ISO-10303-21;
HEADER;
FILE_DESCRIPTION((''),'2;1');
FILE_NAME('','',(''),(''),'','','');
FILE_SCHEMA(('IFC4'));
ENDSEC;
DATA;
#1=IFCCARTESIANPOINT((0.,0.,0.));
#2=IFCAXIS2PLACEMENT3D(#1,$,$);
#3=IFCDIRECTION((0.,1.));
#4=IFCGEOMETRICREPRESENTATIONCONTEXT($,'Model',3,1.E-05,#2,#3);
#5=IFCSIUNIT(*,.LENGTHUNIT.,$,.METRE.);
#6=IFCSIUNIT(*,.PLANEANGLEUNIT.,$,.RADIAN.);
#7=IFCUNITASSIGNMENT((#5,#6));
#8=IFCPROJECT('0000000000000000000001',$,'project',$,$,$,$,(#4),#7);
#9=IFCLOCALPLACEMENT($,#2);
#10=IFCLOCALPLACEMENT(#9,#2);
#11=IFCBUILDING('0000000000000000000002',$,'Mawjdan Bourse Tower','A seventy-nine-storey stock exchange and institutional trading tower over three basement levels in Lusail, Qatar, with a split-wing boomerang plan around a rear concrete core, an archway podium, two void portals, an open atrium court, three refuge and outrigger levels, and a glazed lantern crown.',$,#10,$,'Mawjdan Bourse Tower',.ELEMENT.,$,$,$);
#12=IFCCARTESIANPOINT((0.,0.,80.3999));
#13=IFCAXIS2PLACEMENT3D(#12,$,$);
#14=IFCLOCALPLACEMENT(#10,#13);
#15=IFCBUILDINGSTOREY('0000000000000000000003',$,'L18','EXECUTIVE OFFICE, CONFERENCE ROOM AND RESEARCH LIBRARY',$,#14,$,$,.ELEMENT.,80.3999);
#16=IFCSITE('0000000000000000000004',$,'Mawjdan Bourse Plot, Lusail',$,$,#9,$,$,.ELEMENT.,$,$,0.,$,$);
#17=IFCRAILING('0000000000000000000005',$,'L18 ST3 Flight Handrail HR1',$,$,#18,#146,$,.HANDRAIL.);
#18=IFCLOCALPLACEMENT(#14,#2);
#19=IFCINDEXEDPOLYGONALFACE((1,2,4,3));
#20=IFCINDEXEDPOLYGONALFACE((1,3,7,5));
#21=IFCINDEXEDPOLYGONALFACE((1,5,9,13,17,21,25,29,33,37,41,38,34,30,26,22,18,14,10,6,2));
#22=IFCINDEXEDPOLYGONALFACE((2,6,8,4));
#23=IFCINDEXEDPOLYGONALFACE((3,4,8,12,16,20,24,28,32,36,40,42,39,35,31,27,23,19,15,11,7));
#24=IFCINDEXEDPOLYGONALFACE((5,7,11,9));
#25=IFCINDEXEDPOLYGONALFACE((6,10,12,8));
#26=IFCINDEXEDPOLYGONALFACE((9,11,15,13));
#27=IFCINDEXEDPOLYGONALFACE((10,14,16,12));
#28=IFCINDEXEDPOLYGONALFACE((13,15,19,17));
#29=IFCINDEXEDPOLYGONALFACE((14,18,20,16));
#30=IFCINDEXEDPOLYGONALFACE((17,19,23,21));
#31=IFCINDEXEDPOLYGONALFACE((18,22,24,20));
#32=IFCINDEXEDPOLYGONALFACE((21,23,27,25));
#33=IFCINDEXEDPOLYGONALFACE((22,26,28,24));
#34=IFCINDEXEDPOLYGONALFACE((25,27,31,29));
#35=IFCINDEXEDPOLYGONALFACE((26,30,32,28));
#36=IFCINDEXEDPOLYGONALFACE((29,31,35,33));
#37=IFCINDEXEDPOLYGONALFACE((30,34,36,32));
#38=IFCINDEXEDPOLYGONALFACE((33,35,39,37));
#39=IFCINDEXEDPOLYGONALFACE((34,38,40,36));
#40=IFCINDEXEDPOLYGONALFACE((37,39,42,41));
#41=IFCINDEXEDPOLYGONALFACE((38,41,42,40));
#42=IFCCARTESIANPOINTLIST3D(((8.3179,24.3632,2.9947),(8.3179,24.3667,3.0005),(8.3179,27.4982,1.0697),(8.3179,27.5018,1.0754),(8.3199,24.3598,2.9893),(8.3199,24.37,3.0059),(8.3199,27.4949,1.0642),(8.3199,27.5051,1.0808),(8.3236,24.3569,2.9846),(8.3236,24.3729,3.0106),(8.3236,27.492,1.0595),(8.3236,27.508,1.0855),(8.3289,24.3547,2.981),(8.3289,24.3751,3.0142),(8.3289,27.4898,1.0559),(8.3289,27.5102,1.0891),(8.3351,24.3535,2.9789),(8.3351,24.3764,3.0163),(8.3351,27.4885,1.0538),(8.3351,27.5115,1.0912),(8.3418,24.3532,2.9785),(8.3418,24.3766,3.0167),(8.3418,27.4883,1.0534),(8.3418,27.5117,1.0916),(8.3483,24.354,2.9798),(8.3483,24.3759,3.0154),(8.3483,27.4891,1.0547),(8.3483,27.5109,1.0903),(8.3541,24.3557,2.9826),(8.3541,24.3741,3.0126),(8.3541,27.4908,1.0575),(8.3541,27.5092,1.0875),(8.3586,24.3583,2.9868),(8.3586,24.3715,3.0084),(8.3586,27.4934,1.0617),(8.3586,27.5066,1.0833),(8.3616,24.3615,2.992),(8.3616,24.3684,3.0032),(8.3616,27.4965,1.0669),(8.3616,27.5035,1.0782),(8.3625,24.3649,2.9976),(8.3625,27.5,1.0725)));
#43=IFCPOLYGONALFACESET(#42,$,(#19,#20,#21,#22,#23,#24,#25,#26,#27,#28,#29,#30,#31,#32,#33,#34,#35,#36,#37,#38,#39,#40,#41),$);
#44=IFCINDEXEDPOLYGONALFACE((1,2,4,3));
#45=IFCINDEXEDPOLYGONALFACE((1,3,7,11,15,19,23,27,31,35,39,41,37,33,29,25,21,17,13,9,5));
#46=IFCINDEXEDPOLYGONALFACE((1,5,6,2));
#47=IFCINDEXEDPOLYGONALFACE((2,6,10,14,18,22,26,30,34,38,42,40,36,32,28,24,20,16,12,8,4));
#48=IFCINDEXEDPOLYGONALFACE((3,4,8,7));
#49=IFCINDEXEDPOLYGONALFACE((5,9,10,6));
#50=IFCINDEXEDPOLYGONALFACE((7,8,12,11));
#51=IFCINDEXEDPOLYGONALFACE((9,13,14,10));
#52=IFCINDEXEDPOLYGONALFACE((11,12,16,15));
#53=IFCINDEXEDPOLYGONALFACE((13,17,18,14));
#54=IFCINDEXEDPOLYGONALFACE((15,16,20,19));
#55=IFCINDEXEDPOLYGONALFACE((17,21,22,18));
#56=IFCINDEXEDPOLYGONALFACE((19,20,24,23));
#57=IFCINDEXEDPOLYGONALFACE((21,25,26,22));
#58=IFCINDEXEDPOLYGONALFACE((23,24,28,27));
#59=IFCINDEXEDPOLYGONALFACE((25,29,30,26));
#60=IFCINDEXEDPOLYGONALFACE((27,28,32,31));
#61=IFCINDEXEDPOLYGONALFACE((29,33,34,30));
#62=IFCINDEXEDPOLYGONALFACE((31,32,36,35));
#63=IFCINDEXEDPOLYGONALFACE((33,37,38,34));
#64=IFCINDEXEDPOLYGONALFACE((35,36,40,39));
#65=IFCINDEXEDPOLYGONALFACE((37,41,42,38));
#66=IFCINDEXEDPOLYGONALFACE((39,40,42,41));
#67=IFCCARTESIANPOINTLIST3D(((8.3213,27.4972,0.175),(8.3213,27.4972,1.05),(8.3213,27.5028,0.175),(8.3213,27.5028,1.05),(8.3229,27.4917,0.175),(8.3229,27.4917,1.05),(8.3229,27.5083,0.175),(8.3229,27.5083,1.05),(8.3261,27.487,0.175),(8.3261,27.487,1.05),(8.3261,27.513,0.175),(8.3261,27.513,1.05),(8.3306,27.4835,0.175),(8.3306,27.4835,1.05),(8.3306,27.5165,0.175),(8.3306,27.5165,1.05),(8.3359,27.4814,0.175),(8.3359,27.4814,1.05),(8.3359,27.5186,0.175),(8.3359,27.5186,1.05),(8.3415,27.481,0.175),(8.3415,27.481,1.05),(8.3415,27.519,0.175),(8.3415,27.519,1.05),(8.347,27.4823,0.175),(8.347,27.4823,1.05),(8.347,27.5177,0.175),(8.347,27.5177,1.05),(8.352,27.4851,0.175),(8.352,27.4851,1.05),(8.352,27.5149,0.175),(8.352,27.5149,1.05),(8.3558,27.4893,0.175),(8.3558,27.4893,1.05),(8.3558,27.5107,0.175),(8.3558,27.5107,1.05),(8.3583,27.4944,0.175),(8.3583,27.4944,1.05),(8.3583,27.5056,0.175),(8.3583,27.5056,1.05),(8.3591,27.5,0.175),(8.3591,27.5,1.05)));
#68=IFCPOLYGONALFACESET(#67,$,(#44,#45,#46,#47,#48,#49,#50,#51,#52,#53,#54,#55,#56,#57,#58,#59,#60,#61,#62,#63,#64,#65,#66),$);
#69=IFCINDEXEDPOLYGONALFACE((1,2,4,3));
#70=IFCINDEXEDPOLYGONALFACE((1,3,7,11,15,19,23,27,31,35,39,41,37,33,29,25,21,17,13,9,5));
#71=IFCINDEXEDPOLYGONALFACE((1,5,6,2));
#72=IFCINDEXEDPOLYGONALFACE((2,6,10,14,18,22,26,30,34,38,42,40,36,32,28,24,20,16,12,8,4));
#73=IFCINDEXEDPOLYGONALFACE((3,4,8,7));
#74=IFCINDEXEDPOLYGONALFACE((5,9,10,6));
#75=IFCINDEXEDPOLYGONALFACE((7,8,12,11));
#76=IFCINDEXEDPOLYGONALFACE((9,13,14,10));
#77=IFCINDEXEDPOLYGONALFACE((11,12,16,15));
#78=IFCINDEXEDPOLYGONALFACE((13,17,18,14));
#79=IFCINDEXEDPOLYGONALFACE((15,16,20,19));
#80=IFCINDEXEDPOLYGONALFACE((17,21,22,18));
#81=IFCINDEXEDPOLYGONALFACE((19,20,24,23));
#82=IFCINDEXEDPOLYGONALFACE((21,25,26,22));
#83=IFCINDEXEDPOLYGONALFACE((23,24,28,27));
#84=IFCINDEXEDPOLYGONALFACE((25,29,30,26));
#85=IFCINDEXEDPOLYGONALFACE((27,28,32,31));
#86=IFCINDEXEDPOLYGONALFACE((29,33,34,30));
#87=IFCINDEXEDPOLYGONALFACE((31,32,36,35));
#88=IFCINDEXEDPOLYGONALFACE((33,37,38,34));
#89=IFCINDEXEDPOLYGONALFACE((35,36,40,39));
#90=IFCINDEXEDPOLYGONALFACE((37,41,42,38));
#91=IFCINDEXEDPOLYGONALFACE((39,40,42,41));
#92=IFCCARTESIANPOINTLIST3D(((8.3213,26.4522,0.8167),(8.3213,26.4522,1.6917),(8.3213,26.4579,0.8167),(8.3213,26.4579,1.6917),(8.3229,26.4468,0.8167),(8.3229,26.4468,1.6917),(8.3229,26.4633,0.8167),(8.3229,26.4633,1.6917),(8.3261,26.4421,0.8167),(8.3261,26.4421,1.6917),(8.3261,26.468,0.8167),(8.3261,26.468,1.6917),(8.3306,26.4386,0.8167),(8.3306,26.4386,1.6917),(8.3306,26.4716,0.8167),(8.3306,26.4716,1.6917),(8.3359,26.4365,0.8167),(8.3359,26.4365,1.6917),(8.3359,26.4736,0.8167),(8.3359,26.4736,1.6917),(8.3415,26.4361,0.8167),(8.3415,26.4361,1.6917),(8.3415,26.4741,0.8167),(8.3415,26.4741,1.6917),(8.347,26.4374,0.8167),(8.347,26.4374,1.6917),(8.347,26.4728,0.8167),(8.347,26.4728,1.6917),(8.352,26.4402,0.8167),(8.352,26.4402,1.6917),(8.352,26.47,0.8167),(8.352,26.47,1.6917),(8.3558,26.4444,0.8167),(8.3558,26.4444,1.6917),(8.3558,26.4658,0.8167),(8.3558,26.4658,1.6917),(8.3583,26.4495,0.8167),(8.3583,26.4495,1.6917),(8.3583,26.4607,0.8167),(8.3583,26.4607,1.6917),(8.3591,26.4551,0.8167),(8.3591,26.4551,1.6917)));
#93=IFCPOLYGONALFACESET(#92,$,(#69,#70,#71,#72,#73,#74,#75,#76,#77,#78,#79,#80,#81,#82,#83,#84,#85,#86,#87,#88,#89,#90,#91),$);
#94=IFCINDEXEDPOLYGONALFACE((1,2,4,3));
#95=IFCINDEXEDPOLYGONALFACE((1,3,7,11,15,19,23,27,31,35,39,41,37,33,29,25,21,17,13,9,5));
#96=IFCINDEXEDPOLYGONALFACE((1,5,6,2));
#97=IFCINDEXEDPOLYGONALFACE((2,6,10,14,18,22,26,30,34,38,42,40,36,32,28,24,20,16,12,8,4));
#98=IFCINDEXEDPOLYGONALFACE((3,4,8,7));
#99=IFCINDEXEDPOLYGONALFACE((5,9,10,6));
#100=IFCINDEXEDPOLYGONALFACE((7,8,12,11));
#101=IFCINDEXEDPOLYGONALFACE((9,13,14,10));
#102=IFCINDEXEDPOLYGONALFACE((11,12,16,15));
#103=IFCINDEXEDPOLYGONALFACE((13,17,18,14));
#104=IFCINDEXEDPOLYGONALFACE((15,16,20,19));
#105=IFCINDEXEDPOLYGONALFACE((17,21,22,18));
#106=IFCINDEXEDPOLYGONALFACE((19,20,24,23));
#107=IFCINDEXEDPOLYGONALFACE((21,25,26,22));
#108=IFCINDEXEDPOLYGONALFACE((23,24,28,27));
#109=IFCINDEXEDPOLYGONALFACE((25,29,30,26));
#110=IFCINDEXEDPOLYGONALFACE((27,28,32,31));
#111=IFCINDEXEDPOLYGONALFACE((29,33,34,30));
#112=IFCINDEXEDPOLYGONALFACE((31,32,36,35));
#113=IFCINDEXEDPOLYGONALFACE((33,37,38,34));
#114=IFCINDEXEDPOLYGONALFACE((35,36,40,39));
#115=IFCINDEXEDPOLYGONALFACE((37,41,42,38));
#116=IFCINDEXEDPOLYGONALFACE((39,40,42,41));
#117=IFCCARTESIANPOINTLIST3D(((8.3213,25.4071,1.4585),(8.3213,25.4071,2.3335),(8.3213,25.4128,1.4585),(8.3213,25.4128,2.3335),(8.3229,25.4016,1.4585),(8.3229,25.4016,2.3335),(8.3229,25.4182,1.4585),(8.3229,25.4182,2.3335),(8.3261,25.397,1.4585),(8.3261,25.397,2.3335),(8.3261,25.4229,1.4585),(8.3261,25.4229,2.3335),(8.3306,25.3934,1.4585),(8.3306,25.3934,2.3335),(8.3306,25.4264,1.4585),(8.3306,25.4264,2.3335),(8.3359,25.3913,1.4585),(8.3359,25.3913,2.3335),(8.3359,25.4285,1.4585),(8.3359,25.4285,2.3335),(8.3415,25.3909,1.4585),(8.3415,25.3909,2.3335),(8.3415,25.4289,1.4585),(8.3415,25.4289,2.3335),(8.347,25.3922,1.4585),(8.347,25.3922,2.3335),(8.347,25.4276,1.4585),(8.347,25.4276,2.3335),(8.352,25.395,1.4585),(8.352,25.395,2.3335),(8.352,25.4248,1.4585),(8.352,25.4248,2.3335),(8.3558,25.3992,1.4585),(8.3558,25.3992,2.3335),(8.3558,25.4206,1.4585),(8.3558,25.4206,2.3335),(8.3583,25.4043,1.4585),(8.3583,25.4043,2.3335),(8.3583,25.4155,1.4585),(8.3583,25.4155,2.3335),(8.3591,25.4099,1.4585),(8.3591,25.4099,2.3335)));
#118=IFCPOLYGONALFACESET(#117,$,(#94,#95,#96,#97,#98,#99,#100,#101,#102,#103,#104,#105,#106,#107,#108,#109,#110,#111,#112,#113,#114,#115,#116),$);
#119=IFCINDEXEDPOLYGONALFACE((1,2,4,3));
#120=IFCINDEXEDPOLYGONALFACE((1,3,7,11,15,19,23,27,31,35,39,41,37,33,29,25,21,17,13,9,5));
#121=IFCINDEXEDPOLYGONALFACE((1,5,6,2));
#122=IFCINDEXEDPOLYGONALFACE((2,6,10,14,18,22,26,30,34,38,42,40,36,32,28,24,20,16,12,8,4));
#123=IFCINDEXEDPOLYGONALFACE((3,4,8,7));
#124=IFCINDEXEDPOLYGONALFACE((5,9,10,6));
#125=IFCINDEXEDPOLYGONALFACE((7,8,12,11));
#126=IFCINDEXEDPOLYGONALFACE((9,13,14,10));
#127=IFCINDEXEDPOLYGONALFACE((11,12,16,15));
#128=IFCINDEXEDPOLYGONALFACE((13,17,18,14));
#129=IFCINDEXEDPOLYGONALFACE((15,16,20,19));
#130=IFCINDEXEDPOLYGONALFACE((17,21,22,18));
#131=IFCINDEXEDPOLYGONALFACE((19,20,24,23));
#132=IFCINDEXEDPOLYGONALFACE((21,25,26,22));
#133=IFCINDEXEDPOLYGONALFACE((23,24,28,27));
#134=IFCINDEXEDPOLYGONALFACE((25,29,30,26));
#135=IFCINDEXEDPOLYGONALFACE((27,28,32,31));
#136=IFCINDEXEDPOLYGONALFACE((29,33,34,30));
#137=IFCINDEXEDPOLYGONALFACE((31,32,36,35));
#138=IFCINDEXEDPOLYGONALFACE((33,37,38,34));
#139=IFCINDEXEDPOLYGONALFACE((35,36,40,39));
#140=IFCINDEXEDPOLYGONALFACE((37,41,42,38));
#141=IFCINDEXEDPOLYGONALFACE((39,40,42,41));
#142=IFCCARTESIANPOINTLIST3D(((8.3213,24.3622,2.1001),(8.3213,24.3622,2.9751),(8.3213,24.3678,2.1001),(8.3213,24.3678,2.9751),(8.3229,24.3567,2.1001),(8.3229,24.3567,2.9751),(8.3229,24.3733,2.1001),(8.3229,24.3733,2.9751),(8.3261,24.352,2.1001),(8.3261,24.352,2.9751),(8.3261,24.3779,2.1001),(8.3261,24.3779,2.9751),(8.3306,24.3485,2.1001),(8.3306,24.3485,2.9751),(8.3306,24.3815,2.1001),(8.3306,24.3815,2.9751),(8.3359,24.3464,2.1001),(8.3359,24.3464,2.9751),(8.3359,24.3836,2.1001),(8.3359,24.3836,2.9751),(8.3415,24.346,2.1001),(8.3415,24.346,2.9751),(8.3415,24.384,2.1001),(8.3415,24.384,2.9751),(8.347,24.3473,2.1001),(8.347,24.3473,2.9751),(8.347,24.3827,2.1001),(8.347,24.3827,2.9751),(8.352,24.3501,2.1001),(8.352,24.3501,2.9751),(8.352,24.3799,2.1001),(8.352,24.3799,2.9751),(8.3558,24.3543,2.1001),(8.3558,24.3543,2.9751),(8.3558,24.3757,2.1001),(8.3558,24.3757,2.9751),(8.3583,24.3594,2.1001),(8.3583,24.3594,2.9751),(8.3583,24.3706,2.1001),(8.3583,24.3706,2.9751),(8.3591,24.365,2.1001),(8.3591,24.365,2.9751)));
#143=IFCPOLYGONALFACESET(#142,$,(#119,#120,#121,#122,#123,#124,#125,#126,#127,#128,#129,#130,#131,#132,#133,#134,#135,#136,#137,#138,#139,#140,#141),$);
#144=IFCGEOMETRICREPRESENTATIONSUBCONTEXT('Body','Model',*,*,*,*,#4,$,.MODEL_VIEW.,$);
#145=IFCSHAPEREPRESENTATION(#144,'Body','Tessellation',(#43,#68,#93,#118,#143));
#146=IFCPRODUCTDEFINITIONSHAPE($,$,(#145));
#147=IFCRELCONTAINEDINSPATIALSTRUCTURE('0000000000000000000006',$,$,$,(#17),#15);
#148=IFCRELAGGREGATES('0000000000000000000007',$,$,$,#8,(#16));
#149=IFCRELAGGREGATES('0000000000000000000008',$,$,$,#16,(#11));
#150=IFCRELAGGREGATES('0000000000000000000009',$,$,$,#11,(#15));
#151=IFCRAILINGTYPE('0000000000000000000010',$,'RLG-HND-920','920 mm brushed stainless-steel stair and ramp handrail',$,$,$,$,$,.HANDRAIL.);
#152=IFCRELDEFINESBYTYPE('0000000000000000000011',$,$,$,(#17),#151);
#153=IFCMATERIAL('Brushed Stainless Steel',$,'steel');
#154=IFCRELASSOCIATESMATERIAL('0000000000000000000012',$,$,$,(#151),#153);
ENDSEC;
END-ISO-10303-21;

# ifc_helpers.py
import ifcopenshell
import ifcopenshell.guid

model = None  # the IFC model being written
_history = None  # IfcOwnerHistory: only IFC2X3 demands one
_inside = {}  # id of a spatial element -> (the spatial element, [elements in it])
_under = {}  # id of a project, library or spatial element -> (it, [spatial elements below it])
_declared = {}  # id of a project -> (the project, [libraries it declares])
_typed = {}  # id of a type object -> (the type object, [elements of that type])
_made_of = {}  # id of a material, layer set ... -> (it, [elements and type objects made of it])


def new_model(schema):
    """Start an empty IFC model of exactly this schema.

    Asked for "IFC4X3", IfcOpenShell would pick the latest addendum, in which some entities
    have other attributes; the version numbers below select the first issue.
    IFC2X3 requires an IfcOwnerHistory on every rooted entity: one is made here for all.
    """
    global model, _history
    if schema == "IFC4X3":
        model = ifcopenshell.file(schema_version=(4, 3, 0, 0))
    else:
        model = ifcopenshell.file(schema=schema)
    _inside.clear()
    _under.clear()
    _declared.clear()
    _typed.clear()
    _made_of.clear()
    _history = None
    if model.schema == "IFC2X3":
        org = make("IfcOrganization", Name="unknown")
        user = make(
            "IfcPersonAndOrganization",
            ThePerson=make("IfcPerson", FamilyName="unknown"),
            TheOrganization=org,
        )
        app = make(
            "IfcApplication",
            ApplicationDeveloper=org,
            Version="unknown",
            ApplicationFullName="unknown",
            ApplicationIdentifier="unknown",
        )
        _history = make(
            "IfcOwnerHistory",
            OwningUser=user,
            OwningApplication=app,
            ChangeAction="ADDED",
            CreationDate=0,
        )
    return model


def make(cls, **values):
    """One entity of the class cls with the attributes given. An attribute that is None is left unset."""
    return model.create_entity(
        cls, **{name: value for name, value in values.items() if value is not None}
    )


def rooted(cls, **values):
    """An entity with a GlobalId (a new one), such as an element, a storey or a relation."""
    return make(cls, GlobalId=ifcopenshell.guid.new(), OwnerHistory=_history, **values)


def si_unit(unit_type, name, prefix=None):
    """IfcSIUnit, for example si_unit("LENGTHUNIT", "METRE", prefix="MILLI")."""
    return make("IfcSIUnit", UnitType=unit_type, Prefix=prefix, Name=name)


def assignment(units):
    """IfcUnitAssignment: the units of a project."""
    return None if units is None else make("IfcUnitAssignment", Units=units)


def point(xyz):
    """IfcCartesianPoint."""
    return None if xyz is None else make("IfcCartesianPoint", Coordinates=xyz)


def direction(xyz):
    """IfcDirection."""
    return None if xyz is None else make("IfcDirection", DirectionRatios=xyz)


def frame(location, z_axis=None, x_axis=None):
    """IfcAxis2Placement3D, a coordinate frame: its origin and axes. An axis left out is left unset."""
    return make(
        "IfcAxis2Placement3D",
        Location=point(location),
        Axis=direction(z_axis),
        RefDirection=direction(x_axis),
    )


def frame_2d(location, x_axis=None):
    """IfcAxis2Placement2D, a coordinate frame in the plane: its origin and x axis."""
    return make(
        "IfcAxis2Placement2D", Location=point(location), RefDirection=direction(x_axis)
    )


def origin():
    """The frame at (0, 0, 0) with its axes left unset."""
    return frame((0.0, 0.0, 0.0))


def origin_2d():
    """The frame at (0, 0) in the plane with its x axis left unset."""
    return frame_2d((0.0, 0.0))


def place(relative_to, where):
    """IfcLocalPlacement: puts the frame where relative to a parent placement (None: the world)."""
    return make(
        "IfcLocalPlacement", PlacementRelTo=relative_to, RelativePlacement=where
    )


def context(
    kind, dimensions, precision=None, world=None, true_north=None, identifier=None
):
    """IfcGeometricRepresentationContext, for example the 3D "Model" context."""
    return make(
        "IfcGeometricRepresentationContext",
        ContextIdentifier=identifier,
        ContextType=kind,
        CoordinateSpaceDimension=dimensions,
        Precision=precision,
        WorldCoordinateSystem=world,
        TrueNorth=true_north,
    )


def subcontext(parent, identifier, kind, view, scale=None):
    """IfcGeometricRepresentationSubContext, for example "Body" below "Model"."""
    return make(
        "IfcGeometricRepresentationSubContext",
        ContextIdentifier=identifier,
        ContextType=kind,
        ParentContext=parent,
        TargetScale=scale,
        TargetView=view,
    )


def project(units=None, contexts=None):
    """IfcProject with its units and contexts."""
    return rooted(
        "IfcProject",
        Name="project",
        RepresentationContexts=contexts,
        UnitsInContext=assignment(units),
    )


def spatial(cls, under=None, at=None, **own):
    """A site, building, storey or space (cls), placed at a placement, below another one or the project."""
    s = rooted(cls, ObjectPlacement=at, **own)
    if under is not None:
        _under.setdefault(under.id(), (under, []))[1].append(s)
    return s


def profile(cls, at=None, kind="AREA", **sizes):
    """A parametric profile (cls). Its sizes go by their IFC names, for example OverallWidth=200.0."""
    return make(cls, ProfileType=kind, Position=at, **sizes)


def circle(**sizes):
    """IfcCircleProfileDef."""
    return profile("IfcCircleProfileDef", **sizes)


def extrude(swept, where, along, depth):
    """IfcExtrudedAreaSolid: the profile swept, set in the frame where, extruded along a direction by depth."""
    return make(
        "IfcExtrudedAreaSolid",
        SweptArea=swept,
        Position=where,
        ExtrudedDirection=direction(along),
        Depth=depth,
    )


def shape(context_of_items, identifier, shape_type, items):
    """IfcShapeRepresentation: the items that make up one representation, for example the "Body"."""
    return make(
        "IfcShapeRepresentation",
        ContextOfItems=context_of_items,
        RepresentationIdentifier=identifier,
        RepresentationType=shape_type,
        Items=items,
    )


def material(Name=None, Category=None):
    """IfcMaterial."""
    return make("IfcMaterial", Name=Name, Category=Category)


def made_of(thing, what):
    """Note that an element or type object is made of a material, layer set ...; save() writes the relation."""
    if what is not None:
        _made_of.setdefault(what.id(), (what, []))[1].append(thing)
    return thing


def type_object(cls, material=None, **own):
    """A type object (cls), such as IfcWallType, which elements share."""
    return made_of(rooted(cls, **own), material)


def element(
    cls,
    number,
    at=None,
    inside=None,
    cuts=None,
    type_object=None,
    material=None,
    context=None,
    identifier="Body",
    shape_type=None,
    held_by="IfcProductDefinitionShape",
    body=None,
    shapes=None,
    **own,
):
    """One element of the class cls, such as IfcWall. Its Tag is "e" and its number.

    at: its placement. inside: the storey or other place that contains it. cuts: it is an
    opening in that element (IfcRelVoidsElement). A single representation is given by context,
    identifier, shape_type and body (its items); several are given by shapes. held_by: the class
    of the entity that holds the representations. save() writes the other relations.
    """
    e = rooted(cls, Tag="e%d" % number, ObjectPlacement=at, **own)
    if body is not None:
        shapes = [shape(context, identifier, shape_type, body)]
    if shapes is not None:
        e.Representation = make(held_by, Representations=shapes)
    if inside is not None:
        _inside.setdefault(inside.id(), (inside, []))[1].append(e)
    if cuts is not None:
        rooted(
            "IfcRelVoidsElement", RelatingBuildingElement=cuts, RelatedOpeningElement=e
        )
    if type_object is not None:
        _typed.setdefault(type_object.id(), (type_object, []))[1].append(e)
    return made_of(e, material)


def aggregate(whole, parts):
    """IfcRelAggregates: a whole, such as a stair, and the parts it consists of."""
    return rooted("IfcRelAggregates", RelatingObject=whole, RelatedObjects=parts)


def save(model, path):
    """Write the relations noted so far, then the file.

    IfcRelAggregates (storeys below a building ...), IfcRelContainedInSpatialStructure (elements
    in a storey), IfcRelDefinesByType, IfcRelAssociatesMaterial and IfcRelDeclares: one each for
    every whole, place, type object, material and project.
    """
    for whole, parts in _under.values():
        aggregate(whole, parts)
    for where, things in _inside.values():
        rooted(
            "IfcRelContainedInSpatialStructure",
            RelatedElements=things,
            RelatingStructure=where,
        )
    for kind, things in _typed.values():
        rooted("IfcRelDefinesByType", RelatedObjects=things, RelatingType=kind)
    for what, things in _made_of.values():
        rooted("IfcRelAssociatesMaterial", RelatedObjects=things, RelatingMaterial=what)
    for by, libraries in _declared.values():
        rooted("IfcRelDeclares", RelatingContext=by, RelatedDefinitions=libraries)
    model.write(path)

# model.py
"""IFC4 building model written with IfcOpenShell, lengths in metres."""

from ifc_helpers import new_model, si_unit, direction, frame, origin, origin_2d, place, context, subcontext, project, spatial, circle, extrude, material, type_object, element, save


model = new_model("IFC4")

# Units and contexts
model_context = context("Model", 3, precision=1e-05, world=origin(), true_north=direction((0.0, 1.0)))
body_context = subcontext(model_context, "Body", "Model", "MODEL_VIEW")
ifc_project = project(units=[si_unit("LENGTHUNIT", "METRE"), si_unit("PLANEANGLEUNIT", "RADIAN")], contexts=[model_context])

# Site, building, storey
site_placement = place(None, origin())
site = spatial("IfcSite", under=ifc_project, at=site_placement, Name="Mawjdan Bourse Plot, Lusail", CompositionType="ELEMENT", RefElevation=0.0)
building_placement = place(site_placement, origin())
building = spatial("IfcBuilding", under=site, at=building_placement, Name="Mawjdan Bourse Tower", Description="A seventy-nine-storey stock exchange and institutional trading tower over three basement levels in Lusail, Qatar, with a split-wing boomerang plan around a rear concrete core, an archway podium, two void portals, an open atrium court, three refuge and outrigger levels, and a glazed lantern crown.", LongName="Mawjdan Bourse Tower", CompositionType="ELEMENT")
storey_placement = place(building_placement, frame((0.0, 0.0, 80.3999)))
storey = spatial("IfcBuildingStorey", under=building, at=storey_placement, Name="L18", Description="EXECUTIVE OFFICE, CONFERENCE ROOM AND RESEARCH LIBRARY", CompositionType="ELEMENT", Elevation=80.3999)

# Railing
ifc_material_1 = material(Name="Brushed Stainless Steel", Category="steel")
railing_type_1 = type_object("IfcRailingType", Name="RLG-HND-920", Description="920 mm brushed stainless-steel stair and ramp handrail", PredefinedType="HANDRAIL", material=ifc_material_1)
railing_1_placement = place(storey_placement, frame((8.3401, 27.5, 0.175)))
element("IfcRailing", 1, at=railing_1_placement, inside=storey, type_object=railing_type_1, Name="L18 ST3 Flight Handrail HR1", PredefinedType="HANDRAIL", context=body_context, shape_type="SweptSolid", body=[
    extrude(circle(Radius=0.0225, at=origin_2d()), frame((0.0, 0.0, 0.8975), z_axis=(0.0, -0.852166, 0.523271), x_axis=(1.0, 0.0, 0.0)), (0.0, 0.0, 1.0), 3.679),
    extrude(circle(Radius=0.019, at=origin_2d()), origin(), (0.0, 0.0, 1.0), 0.875),
    extrude(circle(Radius=0.019, at=origin_2d()), frame((0.0, -1.0449, 0.6416)), (0.0, 0.0, 1.0), 0.875),
    extrude(circle(Radius=0.019, at=origin_2d()), frame((0.0, -2.0901, 1.2834)), (0.0, 0.0, 1.0), 0.875),
    extrude(circle(Radius=0.019, at=origin_2d()), frame((0.0, -3.135, 1.925)), (0.0, 0.0, 1.0), 0.875),
])

save(model, "model.ifc")
